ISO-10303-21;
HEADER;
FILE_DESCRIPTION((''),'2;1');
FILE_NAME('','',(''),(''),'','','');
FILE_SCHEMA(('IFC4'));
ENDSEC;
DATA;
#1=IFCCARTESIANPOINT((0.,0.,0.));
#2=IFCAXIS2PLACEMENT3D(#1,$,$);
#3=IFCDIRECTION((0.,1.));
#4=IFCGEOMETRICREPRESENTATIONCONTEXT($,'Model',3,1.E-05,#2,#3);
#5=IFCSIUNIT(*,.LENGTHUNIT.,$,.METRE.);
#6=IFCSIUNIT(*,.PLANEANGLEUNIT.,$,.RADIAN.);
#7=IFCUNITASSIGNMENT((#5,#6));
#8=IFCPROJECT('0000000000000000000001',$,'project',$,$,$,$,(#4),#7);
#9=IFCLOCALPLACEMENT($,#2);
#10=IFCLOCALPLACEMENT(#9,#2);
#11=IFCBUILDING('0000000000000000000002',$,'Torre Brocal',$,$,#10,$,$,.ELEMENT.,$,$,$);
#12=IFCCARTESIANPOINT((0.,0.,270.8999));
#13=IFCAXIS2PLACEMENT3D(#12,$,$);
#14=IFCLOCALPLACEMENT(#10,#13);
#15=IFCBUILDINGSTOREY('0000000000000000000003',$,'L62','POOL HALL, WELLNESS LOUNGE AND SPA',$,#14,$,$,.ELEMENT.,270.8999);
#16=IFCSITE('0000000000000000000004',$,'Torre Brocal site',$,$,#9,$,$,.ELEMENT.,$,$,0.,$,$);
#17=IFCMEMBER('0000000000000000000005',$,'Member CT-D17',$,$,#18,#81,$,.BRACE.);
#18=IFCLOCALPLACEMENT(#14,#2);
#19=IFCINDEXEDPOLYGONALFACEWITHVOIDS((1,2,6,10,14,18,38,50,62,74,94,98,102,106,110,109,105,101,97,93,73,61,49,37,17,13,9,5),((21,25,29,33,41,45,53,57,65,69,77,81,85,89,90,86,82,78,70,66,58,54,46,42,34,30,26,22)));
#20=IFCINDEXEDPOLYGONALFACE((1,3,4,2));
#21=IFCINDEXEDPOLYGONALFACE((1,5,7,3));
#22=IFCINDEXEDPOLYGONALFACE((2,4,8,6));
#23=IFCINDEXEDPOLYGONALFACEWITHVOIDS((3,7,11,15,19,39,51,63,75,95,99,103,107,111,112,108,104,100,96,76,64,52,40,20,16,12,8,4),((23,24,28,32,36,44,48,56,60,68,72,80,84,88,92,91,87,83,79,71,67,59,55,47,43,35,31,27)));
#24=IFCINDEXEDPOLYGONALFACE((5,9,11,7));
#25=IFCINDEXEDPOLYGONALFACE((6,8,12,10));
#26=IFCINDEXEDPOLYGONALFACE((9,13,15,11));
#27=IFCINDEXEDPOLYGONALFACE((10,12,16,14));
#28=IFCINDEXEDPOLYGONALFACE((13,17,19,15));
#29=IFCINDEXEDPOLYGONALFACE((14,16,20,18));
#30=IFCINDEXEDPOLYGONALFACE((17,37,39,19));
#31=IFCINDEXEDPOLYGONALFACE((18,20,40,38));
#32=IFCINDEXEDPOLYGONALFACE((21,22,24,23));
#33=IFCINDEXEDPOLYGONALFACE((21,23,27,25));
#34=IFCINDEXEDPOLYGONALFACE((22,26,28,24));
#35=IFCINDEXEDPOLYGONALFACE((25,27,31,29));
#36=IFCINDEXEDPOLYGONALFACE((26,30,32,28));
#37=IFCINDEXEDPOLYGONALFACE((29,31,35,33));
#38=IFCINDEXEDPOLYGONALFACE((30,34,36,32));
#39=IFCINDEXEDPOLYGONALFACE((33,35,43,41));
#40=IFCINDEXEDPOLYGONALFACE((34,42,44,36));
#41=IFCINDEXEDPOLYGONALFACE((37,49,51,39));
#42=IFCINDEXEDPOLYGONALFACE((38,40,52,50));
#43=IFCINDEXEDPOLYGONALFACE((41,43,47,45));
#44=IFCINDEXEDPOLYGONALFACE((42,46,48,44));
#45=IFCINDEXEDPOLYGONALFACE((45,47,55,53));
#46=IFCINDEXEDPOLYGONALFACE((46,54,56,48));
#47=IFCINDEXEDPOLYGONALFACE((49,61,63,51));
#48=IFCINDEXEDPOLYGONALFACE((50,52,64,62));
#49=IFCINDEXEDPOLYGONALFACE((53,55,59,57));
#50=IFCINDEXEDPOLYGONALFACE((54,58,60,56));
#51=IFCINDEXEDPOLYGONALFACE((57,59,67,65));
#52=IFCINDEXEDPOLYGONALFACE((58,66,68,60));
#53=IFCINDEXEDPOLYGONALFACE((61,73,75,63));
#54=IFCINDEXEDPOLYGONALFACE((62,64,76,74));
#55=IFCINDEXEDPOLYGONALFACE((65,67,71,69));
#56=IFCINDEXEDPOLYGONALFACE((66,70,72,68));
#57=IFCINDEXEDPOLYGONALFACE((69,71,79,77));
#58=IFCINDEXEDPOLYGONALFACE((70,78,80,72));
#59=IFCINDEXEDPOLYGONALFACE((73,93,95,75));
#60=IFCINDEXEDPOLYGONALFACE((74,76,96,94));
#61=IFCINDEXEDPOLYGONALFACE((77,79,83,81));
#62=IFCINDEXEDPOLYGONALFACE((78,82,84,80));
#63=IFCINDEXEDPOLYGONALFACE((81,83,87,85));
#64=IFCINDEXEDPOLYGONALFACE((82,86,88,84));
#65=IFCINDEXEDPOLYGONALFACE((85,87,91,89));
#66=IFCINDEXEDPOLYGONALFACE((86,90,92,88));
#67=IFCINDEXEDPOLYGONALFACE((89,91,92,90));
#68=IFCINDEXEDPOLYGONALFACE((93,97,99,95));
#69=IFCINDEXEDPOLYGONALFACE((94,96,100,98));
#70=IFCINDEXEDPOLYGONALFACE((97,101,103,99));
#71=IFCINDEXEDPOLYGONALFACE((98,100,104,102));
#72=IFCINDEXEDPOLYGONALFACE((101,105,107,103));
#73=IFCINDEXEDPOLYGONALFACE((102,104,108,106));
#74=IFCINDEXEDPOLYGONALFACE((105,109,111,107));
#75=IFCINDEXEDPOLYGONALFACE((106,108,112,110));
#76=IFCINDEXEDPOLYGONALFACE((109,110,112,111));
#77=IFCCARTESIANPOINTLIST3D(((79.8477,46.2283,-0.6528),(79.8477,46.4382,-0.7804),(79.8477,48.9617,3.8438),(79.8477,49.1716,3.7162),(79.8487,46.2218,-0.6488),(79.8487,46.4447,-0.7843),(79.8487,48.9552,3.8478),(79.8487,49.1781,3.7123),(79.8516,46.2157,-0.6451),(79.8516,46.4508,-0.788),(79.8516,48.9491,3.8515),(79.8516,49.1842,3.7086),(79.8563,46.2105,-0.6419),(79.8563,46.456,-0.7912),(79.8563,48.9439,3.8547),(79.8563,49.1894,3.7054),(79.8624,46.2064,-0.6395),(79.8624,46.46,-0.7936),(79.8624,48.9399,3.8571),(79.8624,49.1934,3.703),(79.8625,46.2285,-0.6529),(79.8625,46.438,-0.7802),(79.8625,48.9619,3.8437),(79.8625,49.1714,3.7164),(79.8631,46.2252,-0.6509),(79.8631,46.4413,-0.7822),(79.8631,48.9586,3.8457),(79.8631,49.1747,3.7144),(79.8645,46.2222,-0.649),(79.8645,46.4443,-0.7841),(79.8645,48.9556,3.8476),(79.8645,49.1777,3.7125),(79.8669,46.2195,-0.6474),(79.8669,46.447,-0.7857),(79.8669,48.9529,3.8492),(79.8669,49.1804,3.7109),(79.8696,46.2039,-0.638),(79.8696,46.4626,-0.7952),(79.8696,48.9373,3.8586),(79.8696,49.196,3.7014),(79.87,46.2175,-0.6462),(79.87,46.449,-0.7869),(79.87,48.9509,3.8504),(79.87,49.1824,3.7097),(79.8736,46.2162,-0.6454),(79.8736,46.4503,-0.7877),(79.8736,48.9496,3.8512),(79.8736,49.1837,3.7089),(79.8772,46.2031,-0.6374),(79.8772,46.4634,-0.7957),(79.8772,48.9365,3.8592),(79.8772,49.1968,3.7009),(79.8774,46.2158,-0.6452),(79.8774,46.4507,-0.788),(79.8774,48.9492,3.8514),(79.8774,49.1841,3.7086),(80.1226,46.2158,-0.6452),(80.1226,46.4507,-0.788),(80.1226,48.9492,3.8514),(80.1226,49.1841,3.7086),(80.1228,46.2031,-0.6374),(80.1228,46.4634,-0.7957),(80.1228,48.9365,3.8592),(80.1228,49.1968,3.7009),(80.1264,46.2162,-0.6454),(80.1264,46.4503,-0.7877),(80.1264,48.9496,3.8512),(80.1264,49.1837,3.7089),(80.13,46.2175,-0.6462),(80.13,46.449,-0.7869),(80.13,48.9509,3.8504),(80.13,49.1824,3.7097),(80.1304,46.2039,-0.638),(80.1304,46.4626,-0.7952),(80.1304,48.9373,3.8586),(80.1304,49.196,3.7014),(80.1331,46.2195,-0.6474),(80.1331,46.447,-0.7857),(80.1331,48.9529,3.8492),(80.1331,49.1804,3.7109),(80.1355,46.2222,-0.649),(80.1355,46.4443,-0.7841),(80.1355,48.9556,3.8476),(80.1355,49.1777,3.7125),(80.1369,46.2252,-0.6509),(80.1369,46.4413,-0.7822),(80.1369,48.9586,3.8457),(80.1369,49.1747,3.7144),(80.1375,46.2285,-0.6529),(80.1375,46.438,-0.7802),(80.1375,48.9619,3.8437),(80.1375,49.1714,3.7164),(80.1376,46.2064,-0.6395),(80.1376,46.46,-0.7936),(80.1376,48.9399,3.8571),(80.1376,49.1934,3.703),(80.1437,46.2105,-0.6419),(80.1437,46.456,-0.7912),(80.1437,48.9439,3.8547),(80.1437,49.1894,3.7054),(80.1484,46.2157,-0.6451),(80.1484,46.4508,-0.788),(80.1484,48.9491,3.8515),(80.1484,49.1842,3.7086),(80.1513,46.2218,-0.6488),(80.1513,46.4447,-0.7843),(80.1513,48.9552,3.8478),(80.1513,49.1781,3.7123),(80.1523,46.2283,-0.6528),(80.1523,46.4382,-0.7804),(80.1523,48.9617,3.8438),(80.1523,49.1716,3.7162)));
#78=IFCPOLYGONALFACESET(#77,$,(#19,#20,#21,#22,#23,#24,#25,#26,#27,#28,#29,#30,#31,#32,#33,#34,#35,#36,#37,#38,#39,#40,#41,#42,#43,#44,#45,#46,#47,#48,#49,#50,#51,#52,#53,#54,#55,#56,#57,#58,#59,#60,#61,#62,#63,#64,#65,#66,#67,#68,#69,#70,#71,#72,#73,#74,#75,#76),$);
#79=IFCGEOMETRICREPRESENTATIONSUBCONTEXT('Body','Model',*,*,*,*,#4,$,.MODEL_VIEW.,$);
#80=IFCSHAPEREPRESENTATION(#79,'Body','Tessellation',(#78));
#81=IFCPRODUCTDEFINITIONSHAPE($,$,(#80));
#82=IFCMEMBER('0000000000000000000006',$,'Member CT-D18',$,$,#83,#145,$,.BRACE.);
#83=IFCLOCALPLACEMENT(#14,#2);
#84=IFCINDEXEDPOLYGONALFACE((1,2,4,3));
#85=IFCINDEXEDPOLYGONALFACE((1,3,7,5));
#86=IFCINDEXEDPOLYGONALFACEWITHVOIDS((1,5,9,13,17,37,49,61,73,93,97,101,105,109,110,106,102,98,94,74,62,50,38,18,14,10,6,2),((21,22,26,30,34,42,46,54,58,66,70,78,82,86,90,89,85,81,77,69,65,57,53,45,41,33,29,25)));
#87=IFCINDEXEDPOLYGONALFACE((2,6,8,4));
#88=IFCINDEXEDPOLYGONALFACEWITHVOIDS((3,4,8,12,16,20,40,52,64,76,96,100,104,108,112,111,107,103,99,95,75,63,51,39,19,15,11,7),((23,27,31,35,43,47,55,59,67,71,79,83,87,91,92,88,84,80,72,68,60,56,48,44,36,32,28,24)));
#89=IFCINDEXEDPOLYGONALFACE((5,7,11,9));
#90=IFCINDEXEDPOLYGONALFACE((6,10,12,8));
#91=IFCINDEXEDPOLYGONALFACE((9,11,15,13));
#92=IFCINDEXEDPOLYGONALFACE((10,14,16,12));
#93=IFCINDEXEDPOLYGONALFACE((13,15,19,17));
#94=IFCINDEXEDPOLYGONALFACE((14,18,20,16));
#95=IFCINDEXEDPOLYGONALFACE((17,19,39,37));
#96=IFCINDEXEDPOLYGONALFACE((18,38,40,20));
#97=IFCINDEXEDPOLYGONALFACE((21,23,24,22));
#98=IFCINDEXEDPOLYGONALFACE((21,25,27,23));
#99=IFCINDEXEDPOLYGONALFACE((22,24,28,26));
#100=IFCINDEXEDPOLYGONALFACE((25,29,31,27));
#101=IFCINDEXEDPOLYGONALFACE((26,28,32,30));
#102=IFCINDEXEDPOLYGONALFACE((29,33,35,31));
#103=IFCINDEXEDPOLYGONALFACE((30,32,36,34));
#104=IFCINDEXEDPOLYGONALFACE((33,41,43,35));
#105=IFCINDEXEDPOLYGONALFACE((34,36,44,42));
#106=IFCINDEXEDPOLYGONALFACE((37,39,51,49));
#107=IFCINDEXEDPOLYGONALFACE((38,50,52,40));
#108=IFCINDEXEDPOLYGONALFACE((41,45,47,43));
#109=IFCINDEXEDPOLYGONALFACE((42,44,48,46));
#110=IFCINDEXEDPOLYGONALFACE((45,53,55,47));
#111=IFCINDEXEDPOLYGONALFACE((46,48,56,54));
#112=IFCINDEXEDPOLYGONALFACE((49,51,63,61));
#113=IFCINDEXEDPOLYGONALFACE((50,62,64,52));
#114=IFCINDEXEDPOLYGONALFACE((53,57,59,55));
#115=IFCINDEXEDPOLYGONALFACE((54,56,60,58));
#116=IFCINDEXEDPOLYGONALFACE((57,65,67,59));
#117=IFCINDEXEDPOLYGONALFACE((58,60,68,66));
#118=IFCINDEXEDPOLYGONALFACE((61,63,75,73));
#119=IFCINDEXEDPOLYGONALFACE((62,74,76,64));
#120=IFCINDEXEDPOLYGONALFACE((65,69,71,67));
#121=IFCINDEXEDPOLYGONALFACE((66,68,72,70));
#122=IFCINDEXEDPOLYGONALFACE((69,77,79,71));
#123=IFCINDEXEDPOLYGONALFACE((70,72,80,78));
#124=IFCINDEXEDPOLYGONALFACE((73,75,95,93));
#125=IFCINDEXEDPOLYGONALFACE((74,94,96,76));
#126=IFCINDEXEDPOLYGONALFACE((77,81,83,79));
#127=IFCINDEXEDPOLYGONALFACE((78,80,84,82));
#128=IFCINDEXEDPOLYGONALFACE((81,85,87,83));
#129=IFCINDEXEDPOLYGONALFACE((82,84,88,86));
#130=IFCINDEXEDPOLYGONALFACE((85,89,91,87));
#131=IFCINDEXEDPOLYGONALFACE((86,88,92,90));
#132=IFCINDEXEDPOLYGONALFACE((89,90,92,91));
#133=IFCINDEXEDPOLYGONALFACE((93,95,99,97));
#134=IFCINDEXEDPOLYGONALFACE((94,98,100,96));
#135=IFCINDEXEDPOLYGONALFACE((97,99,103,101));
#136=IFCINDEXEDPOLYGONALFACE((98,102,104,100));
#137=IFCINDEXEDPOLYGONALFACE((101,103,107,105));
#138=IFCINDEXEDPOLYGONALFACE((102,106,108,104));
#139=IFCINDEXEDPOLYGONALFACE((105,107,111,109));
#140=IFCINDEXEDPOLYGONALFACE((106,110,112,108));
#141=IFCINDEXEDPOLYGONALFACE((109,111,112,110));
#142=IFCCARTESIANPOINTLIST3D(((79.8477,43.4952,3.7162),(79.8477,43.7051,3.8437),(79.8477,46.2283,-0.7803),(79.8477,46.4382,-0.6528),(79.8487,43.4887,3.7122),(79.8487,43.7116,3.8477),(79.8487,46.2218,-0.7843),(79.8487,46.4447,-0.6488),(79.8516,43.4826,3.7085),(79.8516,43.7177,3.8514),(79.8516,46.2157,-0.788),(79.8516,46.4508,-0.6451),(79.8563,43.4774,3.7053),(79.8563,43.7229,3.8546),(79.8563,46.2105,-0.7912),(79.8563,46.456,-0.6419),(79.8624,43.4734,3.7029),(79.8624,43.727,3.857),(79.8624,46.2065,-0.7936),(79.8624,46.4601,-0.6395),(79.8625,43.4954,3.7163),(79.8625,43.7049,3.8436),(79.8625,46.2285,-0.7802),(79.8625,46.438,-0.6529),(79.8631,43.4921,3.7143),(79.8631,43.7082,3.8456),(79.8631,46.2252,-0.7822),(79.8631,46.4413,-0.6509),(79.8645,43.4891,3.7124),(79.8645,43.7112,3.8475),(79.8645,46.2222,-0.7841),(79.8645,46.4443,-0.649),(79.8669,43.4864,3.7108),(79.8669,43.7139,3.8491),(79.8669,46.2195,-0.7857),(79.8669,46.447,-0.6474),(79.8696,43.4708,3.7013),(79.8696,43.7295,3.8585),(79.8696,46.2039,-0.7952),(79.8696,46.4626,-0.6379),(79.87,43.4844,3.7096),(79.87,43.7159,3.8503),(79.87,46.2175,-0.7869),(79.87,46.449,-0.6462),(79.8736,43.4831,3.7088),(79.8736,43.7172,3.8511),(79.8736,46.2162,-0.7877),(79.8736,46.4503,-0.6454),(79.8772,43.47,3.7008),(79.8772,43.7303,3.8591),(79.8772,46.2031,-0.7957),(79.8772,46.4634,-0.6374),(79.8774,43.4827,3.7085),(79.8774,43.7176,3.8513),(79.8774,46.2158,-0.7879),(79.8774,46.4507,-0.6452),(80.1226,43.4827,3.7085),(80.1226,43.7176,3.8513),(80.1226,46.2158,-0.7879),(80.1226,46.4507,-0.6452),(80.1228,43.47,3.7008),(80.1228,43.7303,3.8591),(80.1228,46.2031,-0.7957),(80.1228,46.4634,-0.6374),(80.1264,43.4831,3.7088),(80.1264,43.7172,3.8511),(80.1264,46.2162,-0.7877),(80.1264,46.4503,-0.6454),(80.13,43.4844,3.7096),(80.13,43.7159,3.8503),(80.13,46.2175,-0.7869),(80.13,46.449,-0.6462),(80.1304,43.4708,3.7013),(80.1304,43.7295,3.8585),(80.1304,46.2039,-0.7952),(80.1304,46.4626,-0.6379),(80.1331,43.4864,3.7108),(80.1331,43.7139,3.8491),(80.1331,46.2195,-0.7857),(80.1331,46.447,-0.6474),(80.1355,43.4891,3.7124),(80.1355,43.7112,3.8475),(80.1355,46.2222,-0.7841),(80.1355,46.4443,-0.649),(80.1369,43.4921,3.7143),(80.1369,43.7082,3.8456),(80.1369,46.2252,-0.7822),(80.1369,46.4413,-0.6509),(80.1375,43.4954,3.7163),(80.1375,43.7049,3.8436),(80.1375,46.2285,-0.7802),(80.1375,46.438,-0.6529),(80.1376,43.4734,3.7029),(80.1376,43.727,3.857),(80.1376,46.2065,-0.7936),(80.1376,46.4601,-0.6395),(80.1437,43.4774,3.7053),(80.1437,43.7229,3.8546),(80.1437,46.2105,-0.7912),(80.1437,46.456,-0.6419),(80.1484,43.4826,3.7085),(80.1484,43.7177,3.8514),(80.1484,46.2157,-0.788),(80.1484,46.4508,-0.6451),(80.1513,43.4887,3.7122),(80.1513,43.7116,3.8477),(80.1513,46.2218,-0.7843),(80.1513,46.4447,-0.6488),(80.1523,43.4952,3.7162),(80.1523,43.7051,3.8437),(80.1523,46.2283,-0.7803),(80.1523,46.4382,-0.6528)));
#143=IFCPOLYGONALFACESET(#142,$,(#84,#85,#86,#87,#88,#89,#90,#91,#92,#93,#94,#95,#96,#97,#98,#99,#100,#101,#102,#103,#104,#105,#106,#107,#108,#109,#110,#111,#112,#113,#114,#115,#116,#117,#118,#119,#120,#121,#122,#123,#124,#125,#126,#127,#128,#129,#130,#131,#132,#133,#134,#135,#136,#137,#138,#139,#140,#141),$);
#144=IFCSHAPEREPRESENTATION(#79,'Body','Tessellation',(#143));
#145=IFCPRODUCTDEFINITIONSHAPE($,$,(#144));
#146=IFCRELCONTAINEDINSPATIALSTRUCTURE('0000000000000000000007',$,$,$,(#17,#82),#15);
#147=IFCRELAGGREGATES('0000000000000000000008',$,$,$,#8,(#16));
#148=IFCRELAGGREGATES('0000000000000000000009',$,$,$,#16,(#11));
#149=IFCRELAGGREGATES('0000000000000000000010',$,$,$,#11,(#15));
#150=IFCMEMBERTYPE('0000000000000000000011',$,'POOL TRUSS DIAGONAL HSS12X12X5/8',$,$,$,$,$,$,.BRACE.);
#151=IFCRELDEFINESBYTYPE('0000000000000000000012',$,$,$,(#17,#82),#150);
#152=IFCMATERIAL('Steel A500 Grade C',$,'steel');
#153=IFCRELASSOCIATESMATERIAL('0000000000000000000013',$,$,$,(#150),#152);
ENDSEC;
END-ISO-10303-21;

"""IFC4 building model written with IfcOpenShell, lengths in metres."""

from ifc_helpers import new_model, si_unit, direction, frame, origin, origin_2d, place, context, subcontext, project, spatial, hollow_rectangle, extrude, material, material_profile, profile_set, type_object, element, save


model = new_model("IFC4")

# Units and contexts
model_context = context("Model", 3, precision=1e-05, world=origin(), true_north=direction((0.0, 1.0)))
body_context = subcontext(model_context, "Body", "Model", "MODEL_VIEW")
ifc_project = project(units=[si_unit("LENGTHUNIT", "METRE"), si_unit("PLANEANGLEUNIT", "RADIAN")], contexts=[model_context])

# Site, building, storey
site_placement = place(None, origin())
site = spatial("IfcSite", under=ifc_project, at=site_placement, Name="Torre Brocal site", CompositionType="ELEMENT", RefElevation=0.0)
building_placement = place(site_placement, origin())
building = spatial("IfcBuilding", under=site, at=building_placement, Name="Torre Brocal", CompositionType="ELEMENT")
storey_placement = place(building_placement, frame((0.0, 0.0, 270.8999)))
storey = spatial("IfcBuildingStorey", under=building, at=storey_placement, Name="L62", Description="POOL HALL, WELLNESS LOUNGE AND SPA", CompositionType="ELEMENT", Elevation=270.8999)

# Members
ifc_material_1 = material(Name="Steel A500 Grade C", Category="steel")
ifc_material_profile_1 = material_profile(ifc_material_1, hollow_rectangle(XDim=0.3047, YDim=0.3047, WallThickness=0.0149, InnerFilletRadius=0.0149, OuterFilletRadius=0.0295, at=origin_2d()), Name="HSS12X12X5/8")
ifc_profile_set_1 = profile_set([ifc_material_profile_1], Name="Steel A500 Grade C")
member_type_1 = type_object("IfcMemberType", Name="POOL TRUSS DIAGONAL HSS12X12X5/8", PredefinedType="BRACE", material=ifc_profile_set_1)
member_1_placement = place(storey_placement, frame((80.0, 49.0667, 3.78), z_axis=(0.0, -0.519441, -0.854507), x_axis=(1.0, 0.0, 0.0)))
element("IfcMember", 1, at=member_1_placement, inside=storey, type_object=member_type_1, Name="Member CT-D17", PredefinedType="BRACE", context=body_context, shape_type="SweptSolid", body=[
    extrude(hollow_rectangle(XDim=0.3047, YDim=0.3047, WallThickness=0.0149, InnerFilletRadius=0.0149, OuterFilletRadius=0.0295, at=origin_2d()), origin(), (0.0, 0.0, 1.0), 5.2622),
])
member_2_placement = place(storey_placement, frame((80.0, 46.3333, -0.7166), z_axis=(0.0, -0.519407, 0.854527), x_axis=(1.0, 0.0, 0.0)))
element("IfcMember", 2, at=member_2_placement, inside=storey, type_object=member_type_1, Name="Member CT-D18", PredefinedType="BRACE", context=body_context, shape_type="SweptSolid", body=[
    extrude(hollow_rectangle(XDim=0.3047, YDim=0.3047, WallThickness=0.0149, InnerFilletRadius=0.0149, OuterFilletRadius=0.0295, at=origin_2d()), origin(), (0.0, 0.0, 1.0), 5.262),
])

save(model, "model.ifc")
